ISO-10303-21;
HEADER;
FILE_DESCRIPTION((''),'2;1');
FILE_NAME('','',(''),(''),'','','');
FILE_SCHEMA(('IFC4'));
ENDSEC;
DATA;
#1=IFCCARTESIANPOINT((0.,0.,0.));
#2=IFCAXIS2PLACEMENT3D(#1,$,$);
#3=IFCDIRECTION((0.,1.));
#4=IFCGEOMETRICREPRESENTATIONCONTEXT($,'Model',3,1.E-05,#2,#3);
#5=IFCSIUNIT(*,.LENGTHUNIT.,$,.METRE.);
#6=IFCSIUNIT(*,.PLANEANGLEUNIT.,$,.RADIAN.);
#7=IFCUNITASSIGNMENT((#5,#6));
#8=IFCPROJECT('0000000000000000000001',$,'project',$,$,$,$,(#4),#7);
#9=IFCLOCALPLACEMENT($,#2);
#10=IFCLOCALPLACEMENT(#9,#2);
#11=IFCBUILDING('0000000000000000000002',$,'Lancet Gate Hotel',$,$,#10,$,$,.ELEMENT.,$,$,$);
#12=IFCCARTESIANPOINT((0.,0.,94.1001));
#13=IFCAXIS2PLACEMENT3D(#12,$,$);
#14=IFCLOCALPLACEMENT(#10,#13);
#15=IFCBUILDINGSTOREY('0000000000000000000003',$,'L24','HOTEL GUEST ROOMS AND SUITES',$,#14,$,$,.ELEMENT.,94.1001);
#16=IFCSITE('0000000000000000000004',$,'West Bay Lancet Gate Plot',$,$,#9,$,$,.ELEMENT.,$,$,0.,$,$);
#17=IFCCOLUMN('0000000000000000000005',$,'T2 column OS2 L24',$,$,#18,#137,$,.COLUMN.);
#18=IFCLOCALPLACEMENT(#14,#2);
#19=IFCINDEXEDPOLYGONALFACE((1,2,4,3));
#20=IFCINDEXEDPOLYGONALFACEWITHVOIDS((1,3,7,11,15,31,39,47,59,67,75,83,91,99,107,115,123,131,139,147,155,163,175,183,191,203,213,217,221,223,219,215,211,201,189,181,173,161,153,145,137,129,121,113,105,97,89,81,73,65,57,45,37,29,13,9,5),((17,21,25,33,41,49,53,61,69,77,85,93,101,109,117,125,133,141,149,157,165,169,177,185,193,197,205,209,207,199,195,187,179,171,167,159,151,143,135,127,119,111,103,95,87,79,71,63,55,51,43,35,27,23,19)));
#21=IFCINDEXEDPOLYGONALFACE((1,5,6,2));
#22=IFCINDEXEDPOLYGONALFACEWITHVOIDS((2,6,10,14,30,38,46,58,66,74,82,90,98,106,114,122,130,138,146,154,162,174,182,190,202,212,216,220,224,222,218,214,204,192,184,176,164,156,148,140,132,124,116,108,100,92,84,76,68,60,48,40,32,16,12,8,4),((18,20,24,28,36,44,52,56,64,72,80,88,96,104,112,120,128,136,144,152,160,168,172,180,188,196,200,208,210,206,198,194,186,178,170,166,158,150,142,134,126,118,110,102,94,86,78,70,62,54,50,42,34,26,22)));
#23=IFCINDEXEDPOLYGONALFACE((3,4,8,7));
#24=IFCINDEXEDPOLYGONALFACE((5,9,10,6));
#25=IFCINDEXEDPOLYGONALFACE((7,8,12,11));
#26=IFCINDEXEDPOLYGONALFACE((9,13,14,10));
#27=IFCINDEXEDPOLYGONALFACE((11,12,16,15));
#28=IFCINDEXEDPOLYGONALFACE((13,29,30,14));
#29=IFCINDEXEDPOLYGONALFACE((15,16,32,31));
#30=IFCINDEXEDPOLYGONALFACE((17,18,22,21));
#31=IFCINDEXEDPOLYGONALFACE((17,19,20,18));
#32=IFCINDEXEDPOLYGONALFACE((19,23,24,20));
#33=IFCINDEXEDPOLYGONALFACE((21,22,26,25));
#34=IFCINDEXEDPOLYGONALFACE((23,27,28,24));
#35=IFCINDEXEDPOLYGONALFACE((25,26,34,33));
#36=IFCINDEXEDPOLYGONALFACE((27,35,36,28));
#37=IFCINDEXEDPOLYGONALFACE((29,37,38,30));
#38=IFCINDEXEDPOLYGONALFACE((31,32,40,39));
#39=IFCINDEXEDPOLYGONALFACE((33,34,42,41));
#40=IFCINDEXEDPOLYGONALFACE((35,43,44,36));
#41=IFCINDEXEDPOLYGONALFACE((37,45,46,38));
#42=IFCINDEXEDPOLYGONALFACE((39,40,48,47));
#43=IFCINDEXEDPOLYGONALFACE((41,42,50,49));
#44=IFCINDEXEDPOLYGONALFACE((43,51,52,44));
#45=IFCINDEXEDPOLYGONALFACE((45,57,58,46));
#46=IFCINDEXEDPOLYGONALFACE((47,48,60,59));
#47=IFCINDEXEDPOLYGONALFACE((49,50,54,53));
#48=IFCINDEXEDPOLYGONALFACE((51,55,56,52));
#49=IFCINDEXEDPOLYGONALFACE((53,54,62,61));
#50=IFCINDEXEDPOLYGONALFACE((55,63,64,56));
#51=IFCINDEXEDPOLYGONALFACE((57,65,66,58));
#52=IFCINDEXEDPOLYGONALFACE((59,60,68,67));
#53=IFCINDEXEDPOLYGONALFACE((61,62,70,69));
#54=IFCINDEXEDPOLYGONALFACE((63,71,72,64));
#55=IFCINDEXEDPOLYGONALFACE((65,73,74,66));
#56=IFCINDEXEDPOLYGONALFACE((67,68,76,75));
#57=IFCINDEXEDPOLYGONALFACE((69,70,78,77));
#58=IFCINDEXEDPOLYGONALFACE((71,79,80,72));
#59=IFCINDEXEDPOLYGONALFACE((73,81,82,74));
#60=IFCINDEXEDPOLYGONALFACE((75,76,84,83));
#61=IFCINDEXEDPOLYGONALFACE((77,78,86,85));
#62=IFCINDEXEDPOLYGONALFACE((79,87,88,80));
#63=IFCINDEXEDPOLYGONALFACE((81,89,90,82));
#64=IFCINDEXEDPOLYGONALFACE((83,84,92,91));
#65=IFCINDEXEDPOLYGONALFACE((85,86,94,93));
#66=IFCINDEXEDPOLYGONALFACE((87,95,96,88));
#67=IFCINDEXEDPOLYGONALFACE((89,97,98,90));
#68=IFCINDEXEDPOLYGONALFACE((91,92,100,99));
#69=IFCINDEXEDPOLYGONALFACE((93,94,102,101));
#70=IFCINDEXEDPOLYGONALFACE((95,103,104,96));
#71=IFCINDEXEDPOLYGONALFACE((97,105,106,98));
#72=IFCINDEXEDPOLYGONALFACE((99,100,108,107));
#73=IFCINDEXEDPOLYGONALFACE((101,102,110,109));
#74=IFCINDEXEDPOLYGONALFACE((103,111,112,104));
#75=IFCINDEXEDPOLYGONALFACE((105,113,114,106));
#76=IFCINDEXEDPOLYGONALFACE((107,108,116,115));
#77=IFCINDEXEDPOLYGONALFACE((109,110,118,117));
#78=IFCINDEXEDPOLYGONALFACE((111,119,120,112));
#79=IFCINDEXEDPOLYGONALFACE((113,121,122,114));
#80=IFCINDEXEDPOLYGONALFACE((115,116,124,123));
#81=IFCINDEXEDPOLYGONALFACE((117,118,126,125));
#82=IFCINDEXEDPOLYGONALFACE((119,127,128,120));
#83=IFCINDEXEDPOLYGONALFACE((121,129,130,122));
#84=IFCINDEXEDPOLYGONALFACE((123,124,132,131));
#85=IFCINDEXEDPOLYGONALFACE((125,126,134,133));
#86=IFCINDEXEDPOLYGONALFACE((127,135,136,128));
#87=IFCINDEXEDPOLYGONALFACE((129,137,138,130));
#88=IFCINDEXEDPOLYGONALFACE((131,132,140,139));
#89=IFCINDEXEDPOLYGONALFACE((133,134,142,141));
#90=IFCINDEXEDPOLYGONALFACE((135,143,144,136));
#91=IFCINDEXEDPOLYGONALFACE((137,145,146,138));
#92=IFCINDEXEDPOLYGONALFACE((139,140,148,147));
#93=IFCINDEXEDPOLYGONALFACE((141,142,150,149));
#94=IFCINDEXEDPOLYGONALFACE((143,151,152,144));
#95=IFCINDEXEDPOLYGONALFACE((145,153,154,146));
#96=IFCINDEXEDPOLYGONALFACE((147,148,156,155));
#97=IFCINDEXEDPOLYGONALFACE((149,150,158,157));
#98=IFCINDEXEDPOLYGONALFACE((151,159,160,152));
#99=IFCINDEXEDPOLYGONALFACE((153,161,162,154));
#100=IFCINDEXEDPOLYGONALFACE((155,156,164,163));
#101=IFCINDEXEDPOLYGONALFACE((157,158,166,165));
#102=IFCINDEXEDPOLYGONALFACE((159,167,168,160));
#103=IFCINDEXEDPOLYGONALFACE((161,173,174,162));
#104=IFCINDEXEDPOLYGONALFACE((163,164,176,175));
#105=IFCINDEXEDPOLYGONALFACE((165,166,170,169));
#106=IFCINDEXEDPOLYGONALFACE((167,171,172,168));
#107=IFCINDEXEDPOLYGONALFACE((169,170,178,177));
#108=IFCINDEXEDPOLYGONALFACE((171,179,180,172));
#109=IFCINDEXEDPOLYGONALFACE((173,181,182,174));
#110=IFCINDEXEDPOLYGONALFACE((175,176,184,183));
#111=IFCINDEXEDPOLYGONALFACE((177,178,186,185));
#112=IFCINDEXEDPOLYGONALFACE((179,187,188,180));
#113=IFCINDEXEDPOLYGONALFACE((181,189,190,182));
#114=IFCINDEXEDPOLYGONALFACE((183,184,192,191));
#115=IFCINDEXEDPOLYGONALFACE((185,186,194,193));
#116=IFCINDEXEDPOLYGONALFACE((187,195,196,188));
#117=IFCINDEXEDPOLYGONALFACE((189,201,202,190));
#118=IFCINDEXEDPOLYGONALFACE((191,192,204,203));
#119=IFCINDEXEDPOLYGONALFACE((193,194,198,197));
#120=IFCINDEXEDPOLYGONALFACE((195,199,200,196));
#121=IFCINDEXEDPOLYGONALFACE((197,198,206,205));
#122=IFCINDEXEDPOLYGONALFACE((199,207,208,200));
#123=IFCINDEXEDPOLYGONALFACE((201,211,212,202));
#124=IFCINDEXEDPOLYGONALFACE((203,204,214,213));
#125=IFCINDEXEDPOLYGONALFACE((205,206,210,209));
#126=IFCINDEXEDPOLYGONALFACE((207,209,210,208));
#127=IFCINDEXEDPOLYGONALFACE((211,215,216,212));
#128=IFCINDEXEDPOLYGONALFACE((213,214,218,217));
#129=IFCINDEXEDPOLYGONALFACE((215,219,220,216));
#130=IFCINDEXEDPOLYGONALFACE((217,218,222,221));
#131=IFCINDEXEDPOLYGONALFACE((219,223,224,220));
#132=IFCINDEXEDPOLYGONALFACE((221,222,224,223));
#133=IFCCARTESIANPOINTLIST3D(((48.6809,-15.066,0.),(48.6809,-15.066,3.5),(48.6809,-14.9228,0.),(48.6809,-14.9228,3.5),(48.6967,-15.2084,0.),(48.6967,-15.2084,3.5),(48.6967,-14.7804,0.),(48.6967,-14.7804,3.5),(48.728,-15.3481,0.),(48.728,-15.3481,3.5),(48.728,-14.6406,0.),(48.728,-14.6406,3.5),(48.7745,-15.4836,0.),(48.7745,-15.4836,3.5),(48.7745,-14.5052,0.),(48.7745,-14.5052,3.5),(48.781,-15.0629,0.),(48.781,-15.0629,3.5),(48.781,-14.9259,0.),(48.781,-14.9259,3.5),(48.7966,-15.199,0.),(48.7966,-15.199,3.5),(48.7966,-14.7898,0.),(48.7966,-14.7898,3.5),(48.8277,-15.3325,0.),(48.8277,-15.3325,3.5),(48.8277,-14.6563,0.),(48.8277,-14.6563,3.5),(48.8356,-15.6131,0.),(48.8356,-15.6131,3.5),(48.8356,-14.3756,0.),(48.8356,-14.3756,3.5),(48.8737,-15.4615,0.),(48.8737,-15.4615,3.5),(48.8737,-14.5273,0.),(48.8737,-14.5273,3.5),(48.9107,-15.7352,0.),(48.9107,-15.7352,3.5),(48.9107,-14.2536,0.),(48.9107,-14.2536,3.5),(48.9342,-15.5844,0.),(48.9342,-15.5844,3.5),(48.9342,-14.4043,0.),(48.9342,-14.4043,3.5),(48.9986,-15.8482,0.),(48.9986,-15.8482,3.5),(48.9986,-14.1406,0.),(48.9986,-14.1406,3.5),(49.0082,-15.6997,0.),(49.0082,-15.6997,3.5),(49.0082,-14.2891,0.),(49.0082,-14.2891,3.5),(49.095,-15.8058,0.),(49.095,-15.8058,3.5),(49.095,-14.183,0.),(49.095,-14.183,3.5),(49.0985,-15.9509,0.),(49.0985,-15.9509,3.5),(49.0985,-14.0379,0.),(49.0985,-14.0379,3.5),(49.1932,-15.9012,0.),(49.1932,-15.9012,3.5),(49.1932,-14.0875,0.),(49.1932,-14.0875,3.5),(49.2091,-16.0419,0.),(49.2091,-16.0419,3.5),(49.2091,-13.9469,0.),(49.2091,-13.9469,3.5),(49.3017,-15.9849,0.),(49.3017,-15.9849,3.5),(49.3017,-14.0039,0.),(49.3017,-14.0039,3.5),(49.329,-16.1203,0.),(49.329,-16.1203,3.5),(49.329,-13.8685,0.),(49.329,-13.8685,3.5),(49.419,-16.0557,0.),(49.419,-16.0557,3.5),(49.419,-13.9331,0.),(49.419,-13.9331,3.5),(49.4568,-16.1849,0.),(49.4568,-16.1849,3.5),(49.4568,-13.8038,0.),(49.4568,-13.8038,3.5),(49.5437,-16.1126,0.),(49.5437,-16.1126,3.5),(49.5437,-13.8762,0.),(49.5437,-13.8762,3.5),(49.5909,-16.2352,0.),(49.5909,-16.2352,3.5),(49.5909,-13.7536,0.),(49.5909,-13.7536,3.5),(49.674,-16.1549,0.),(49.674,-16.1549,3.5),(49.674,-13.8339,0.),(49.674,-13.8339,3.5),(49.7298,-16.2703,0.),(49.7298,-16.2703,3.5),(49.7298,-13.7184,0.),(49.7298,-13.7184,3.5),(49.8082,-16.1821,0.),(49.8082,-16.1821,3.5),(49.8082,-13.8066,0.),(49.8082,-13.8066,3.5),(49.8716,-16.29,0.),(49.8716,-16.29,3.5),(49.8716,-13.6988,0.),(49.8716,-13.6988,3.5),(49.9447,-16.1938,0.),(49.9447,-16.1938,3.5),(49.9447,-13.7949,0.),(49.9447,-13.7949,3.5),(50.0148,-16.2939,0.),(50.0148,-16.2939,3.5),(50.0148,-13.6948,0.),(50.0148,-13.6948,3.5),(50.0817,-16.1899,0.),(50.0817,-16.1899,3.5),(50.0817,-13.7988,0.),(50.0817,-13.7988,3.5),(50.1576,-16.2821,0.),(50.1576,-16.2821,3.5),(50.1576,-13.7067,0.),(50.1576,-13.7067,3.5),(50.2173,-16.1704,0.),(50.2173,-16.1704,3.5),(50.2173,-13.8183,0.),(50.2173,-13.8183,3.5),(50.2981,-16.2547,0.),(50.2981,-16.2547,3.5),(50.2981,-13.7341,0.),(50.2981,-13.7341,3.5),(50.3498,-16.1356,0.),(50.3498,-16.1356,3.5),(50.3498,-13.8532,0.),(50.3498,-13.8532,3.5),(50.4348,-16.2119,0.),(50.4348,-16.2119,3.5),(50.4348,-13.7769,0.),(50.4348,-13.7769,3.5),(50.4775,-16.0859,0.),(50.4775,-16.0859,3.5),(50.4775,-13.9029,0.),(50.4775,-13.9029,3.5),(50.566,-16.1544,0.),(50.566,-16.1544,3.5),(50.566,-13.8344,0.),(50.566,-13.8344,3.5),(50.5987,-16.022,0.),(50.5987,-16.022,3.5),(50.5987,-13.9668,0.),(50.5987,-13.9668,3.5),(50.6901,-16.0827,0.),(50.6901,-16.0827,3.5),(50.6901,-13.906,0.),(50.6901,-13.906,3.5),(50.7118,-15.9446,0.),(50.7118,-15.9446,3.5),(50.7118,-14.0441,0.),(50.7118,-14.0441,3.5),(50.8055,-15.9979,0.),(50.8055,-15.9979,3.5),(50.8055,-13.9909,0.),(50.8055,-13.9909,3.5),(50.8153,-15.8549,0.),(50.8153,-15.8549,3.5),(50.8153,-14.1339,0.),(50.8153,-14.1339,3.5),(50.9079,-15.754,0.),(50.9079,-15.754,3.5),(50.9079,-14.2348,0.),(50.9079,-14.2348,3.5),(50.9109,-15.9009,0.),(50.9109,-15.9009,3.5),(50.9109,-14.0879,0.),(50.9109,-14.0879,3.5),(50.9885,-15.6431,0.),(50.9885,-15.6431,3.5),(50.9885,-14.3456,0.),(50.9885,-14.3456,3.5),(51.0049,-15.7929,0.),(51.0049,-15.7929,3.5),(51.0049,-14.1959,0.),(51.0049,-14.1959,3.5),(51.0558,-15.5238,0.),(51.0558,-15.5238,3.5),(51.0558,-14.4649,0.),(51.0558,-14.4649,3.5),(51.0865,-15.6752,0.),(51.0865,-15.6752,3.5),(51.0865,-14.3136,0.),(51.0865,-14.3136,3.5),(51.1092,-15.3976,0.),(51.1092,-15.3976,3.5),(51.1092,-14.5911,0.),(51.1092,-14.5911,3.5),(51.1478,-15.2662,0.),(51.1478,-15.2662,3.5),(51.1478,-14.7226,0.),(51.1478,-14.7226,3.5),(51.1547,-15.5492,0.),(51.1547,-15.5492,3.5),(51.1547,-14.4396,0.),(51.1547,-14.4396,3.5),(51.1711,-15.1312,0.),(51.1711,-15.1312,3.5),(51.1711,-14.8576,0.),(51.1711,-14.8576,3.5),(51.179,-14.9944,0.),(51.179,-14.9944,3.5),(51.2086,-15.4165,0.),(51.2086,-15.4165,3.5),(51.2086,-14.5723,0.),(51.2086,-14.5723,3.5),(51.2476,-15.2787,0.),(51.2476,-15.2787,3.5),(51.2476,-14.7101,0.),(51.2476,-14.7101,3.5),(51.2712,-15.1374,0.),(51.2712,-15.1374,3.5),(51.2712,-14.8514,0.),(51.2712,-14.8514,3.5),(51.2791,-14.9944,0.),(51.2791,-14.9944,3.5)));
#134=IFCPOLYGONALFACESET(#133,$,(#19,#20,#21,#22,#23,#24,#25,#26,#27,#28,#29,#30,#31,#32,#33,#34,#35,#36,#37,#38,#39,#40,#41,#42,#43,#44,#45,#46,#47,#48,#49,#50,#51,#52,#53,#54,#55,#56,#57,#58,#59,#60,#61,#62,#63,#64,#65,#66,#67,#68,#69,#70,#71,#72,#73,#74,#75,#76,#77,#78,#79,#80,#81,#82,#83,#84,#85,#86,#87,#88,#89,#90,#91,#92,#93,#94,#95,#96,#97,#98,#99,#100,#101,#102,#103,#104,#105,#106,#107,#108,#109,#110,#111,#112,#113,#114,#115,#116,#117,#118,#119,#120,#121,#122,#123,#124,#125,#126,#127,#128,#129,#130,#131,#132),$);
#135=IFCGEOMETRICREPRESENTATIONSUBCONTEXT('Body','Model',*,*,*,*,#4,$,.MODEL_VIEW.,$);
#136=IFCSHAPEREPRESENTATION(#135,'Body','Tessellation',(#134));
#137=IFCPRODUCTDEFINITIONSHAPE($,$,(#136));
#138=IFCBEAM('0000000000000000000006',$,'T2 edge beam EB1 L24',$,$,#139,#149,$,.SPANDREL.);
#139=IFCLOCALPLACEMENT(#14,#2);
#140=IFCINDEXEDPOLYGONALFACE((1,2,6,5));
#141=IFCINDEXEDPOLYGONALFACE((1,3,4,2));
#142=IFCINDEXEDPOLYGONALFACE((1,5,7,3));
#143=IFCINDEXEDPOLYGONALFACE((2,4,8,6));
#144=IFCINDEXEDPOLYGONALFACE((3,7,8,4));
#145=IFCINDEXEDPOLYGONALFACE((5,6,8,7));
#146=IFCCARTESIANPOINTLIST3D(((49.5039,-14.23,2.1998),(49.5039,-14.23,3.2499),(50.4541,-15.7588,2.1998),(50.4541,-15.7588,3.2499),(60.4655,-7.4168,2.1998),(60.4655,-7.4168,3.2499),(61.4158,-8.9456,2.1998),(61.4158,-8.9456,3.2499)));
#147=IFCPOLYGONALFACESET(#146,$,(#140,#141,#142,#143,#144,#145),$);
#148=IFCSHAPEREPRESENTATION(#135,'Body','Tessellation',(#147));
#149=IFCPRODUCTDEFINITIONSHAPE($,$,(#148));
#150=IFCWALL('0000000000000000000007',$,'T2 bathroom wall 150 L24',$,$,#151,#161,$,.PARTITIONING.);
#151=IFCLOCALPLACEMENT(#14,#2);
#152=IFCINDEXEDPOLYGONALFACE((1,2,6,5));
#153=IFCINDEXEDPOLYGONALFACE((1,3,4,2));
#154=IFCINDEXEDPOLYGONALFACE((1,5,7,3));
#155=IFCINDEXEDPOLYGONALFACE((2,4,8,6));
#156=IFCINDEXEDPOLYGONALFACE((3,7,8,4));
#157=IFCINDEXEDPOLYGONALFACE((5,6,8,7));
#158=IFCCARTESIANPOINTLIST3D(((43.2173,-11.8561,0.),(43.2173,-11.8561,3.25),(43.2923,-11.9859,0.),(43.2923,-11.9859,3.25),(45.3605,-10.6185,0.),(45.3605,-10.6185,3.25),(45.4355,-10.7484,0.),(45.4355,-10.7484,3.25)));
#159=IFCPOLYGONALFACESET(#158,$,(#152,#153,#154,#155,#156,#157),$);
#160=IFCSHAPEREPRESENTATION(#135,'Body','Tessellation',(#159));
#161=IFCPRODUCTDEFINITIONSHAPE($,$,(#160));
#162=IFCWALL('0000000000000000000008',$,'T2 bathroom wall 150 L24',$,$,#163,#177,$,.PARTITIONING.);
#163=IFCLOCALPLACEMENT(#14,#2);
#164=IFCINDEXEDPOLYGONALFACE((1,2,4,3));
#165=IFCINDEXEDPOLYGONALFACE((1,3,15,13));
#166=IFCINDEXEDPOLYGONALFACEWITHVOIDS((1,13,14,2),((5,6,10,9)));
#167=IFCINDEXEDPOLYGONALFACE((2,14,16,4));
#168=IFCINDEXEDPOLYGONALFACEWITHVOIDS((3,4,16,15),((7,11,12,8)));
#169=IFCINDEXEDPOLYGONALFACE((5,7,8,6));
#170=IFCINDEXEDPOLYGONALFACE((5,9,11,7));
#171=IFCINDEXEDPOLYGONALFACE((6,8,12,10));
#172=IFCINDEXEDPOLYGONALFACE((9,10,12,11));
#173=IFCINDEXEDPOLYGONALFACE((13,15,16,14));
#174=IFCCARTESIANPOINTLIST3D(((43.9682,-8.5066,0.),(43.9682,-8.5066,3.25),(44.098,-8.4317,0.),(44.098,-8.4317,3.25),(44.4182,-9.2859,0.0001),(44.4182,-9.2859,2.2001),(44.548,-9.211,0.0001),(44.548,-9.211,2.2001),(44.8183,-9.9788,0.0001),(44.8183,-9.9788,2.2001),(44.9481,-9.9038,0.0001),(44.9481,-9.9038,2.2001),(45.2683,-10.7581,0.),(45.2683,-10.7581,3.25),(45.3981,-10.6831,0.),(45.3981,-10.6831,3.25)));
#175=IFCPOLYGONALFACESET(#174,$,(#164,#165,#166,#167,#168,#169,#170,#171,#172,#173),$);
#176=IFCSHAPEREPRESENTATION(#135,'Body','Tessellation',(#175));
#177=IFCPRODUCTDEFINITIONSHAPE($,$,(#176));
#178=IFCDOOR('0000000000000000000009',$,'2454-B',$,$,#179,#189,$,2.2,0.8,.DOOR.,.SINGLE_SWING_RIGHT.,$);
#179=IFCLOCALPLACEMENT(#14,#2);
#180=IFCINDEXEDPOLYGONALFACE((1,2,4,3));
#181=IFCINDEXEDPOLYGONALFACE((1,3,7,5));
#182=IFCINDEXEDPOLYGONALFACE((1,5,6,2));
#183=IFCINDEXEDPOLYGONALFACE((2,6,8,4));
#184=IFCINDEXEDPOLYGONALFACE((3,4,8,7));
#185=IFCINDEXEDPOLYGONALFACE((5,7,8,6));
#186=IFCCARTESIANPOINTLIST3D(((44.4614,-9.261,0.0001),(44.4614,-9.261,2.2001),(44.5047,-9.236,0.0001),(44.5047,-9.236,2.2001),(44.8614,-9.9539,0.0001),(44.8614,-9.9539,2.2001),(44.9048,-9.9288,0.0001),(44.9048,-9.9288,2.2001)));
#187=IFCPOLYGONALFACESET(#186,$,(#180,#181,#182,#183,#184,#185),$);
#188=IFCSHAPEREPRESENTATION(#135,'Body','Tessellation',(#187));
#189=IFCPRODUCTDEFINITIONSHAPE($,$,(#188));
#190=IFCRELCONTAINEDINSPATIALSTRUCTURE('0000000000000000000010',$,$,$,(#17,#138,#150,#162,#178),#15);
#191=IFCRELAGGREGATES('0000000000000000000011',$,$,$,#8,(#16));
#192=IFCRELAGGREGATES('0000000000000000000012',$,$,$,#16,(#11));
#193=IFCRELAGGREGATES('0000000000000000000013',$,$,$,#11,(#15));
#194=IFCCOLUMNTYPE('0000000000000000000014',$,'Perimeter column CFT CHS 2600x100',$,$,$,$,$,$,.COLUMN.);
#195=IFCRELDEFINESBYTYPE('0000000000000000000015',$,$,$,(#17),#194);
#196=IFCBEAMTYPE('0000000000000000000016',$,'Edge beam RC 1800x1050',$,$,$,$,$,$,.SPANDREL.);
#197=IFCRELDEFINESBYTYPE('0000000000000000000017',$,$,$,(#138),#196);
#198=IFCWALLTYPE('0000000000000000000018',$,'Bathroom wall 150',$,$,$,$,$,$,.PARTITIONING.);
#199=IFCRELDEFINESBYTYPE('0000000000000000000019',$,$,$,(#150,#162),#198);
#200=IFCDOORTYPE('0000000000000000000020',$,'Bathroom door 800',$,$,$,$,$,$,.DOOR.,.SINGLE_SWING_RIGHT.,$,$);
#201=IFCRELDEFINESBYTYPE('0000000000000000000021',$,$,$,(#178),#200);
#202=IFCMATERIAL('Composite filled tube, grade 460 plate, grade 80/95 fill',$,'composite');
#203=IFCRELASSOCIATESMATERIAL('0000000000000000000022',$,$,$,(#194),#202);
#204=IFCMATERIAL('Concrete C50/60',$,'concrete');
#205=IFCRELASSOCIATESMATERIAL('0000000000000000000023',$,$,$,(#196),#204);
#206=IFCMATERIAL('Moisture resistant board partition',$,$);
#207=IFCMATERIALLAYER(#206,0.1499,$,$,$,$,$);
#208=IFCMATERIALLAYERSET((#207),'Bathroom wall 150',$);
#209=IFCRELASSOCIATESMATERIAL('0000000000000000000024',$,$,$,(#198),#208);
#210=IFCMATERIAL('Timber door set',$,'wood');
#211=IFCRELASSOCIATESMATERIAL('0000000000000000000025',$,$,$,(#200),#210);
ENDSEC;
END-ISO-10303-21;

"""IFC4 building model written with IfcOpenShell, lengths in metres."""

from ifc_helpers import new_model, si_unit, direction, frame, frame_2d, origin, origin_2d, place, context, subcontext, project, spatial, rectangle, hollow_circle, extrude, material, layer, layer_set, material_profile, profile_set, type_object, element, fill, save


model = new_model("IFC4")

# Units and contexts
model_context = context("Model", 3, precision=1e-05, world=origin(), true_north=direction((0.0, 1.0)))
body_context = subcontext(model_context, "Body", "Model", "MODEL_VIEW")
ifc_project = project(units=[si_unit("LENGTHUNIT", "METRE"), si_unit("PLANEANGLEUNIT", "RADIAN")], contexts=[model_context])

# Site, building, storey
site_placement = place(None, origin())
site = spatial("IfcSite", under=ifc_project, at=site_placement, Name="West Bay Lancet Gate Plot", CompositionType="ELEMENT", RefElevation=0.0)
building_placement = place(site_placement, origin())
building = spatial("IfcBuilding", under=site, at=building_placement, Name="Lancet Gate Hotel", CompositionType="ELEMENT")
storey_placement = place(building_placement, frame((0.0, 0.0, 94.1001)))
storey = spatial("IfcBuildingStorey", under=building, at=storey_placement, Name="L24", Description="HOTEL GUEST ROOMS AND SUITES", CompositionType="ELEMENT", Elevation=94.1001)

# Column
ifc_material_1 = material(Name="Composite filled tube, grade 460 plate, grade 80/95 fill", Category="composite")
ifc_material_profile_1 = material_profile(ifc_material_1, hollow_circle(Radius=1.3, WallThickness=0.1001, at=origin_2d()), Name="CHS 2600x100")
ifc_profile_set_1 = profile_set([ifc_material_profile_1], Name="Composite filled tube, grade 460 plate, grade 80/95 fill")
column_type = type_object("IfcColumnType", Name="Perimeter column CFT CHS 2600x100", PredefinedType="COLUMN", material=ifc_profile_set_1)
column_placement = place(storey_placement, frame((49.979, -14.9944, 0.0), z_axis=(0.0, 0.0, 1.0), x_axis=(1.0, 0.0, 0.0)))
element("IfcColumn", 1, at=column_placement, inside=storey, type_object=column_type, Name="T2 column OS2 L24", PredefinedType="COLUMN", context=body_context, shape_type="SweptSolid", body=[
    extrude(hollow_circle(Radius=1.3, WallThickness=0.1001, at=origin_2d()), origin(), (0.0, 0.0, 1.0), 3.5),
])

# Beam
ifc_material_2 = material(Name="Concrete C50/60", Category="concrete")
ifc_material_profile_2 = material_profile(ifc_material_2, rectangle(XDim=1.8, YDim=1.05, at=origin_2d()), Name="RC 1800x1050")
ifc_profile_set_2 = profile_set([ifc_material_profile_2], Name="Concrete C50/60")
beam_type = type_object("IfcBeamType", Name="Edge beam RC 1800x1050", PredefinedType="SPANDREL", material=ifc_profile_set_2)
beam_placement = place(storey_placement, frame((49.979, -14.9944, 2.7249), z_axis=(0.849312, 0.527891, 0.0), x_axis=(-0.527891, 0.849312, 0.0)))
element("IfcBeam", 2, at=beam_placement, inside=storey, type_object=beam_type, Name="T2 edge beam EB1 L24", PredefinedType="SPANDREL", context=body_context, shape_type="SweptSolid", body=[
    extrude(rectangle(XDim=1.8, YDim=1.05, at=origin_2d()), origin(), (0.0, 0.0, 1.0), 12.9065),
])

# Wall
ifc_material_3 = material(Name="Moisture resistant board partition")
ifc_layer_1 = layer(ifc_material_3, 0.1499)
ifc_layer_set_1 = layer_set([ifc_layer_1], Name="Bathroom wall 150")
wall_type_1 = type_object("IfcWallType", Name="Bathroom wall 150", PredefinedType="PARTITIONING", material=ifc_layer_set_1)
wall_1_placement = place(storey_placement, frame((43.2549, -11.9209, 0.0), z_axis=(0.0, 0.0, 1.0), x_axis=(0.866007, 0.500033, 0.0)))
element("IfcWall", 3, at=wall_1_placement, inside=storey, type_object=wall_type_1, Name="T2 bathroom wall 150 L24", PredefinedType="PARTITIONING", context=body_context, shape_type="SweptSolid", body=[
    extrude(rectangle(XDim=2.4749, YDim=0.1499, at=frame_2d((1.2373, 0.0))), origin(), (0.0, 0.0, 1.0), 3.25),
])

# Wall, opening, door
wall_2_placement = place(storey_placement, frame((44.0332, -8.4692, 0.0), z_axis=(0.0, 0.0, 1.0), x_axis=(0.500048, -0.865998, 0.0)))
wall_2 = element("IfcWall", 4, at=wall_2_placement, inside=storey, type_object=wall_type_1, Name="T2 bathroom wall 150 L24", PredefinedType="PARTITIONING", context=body_context, shape_type="SweptSolid", body=[
    extrude(rectangle(XDim=2.5999, YDim=0.1499, at=frame_2d((1.2998, 0.0))), origin(), (0.0, 0.0, 1.0), 3.25),
])
opening_1_placement = place(wall_2_placement, frame((0.8999, 0.0, 0.0)))
opening_1 = element("IfcOpeningElement", 5, at=opening_1_placement, cuts=wall_2, PredefinedType="OPENING", context=body_context, shape_type="SweptSolid", body=[
    extrude(rectangle(XDim=0.8, YDim=2.2, at=frame_2d((0.3999, 1.1001))), frame((0.0, 0.085, 0.0), z_axis=(0.0, -1.0, 0.0), x_axis=(1.0, 0.0, 0.0)), (0.0, 0.0, 1.0), 0.1699),
])
ifc_material_4 = material(Name="Timber door set", Category="wood")
door_type_1 = type_object("IfcDoorType", Name="Bathroom door 800", OperationType="SINGLE_SWING_RIGHT", PredefinedType="DOOR", material=ifc_material_4)
door_1_placement = place(opening_1_placement, origin())
door_1 = element("IfcDoor", 6, at=door_1_placement, inside=storey, type_object=door_type_1, Name="2454-B", OperationType="SINGLE_SWING_RIGHT", OverallHeight=2.2, OverallWidth=0.8, PredefinedType="DOOR", context=body_context, shape_type="SweptSolid", body=[
    extrude(rectangle(XDim=0.8, YDim=2.2, at=frame_2d((0.3999, 1.1001))), frame((0.0, 0.0249, 0.0), z_axis=(0.0, -1.0, 0.0), x_axis=(1.0, 0.0, 0.0)), (0.0, 0.0, 1.0), 0.05),
])
fill(opening_1, door_1)

save(model, "model.ifc")
